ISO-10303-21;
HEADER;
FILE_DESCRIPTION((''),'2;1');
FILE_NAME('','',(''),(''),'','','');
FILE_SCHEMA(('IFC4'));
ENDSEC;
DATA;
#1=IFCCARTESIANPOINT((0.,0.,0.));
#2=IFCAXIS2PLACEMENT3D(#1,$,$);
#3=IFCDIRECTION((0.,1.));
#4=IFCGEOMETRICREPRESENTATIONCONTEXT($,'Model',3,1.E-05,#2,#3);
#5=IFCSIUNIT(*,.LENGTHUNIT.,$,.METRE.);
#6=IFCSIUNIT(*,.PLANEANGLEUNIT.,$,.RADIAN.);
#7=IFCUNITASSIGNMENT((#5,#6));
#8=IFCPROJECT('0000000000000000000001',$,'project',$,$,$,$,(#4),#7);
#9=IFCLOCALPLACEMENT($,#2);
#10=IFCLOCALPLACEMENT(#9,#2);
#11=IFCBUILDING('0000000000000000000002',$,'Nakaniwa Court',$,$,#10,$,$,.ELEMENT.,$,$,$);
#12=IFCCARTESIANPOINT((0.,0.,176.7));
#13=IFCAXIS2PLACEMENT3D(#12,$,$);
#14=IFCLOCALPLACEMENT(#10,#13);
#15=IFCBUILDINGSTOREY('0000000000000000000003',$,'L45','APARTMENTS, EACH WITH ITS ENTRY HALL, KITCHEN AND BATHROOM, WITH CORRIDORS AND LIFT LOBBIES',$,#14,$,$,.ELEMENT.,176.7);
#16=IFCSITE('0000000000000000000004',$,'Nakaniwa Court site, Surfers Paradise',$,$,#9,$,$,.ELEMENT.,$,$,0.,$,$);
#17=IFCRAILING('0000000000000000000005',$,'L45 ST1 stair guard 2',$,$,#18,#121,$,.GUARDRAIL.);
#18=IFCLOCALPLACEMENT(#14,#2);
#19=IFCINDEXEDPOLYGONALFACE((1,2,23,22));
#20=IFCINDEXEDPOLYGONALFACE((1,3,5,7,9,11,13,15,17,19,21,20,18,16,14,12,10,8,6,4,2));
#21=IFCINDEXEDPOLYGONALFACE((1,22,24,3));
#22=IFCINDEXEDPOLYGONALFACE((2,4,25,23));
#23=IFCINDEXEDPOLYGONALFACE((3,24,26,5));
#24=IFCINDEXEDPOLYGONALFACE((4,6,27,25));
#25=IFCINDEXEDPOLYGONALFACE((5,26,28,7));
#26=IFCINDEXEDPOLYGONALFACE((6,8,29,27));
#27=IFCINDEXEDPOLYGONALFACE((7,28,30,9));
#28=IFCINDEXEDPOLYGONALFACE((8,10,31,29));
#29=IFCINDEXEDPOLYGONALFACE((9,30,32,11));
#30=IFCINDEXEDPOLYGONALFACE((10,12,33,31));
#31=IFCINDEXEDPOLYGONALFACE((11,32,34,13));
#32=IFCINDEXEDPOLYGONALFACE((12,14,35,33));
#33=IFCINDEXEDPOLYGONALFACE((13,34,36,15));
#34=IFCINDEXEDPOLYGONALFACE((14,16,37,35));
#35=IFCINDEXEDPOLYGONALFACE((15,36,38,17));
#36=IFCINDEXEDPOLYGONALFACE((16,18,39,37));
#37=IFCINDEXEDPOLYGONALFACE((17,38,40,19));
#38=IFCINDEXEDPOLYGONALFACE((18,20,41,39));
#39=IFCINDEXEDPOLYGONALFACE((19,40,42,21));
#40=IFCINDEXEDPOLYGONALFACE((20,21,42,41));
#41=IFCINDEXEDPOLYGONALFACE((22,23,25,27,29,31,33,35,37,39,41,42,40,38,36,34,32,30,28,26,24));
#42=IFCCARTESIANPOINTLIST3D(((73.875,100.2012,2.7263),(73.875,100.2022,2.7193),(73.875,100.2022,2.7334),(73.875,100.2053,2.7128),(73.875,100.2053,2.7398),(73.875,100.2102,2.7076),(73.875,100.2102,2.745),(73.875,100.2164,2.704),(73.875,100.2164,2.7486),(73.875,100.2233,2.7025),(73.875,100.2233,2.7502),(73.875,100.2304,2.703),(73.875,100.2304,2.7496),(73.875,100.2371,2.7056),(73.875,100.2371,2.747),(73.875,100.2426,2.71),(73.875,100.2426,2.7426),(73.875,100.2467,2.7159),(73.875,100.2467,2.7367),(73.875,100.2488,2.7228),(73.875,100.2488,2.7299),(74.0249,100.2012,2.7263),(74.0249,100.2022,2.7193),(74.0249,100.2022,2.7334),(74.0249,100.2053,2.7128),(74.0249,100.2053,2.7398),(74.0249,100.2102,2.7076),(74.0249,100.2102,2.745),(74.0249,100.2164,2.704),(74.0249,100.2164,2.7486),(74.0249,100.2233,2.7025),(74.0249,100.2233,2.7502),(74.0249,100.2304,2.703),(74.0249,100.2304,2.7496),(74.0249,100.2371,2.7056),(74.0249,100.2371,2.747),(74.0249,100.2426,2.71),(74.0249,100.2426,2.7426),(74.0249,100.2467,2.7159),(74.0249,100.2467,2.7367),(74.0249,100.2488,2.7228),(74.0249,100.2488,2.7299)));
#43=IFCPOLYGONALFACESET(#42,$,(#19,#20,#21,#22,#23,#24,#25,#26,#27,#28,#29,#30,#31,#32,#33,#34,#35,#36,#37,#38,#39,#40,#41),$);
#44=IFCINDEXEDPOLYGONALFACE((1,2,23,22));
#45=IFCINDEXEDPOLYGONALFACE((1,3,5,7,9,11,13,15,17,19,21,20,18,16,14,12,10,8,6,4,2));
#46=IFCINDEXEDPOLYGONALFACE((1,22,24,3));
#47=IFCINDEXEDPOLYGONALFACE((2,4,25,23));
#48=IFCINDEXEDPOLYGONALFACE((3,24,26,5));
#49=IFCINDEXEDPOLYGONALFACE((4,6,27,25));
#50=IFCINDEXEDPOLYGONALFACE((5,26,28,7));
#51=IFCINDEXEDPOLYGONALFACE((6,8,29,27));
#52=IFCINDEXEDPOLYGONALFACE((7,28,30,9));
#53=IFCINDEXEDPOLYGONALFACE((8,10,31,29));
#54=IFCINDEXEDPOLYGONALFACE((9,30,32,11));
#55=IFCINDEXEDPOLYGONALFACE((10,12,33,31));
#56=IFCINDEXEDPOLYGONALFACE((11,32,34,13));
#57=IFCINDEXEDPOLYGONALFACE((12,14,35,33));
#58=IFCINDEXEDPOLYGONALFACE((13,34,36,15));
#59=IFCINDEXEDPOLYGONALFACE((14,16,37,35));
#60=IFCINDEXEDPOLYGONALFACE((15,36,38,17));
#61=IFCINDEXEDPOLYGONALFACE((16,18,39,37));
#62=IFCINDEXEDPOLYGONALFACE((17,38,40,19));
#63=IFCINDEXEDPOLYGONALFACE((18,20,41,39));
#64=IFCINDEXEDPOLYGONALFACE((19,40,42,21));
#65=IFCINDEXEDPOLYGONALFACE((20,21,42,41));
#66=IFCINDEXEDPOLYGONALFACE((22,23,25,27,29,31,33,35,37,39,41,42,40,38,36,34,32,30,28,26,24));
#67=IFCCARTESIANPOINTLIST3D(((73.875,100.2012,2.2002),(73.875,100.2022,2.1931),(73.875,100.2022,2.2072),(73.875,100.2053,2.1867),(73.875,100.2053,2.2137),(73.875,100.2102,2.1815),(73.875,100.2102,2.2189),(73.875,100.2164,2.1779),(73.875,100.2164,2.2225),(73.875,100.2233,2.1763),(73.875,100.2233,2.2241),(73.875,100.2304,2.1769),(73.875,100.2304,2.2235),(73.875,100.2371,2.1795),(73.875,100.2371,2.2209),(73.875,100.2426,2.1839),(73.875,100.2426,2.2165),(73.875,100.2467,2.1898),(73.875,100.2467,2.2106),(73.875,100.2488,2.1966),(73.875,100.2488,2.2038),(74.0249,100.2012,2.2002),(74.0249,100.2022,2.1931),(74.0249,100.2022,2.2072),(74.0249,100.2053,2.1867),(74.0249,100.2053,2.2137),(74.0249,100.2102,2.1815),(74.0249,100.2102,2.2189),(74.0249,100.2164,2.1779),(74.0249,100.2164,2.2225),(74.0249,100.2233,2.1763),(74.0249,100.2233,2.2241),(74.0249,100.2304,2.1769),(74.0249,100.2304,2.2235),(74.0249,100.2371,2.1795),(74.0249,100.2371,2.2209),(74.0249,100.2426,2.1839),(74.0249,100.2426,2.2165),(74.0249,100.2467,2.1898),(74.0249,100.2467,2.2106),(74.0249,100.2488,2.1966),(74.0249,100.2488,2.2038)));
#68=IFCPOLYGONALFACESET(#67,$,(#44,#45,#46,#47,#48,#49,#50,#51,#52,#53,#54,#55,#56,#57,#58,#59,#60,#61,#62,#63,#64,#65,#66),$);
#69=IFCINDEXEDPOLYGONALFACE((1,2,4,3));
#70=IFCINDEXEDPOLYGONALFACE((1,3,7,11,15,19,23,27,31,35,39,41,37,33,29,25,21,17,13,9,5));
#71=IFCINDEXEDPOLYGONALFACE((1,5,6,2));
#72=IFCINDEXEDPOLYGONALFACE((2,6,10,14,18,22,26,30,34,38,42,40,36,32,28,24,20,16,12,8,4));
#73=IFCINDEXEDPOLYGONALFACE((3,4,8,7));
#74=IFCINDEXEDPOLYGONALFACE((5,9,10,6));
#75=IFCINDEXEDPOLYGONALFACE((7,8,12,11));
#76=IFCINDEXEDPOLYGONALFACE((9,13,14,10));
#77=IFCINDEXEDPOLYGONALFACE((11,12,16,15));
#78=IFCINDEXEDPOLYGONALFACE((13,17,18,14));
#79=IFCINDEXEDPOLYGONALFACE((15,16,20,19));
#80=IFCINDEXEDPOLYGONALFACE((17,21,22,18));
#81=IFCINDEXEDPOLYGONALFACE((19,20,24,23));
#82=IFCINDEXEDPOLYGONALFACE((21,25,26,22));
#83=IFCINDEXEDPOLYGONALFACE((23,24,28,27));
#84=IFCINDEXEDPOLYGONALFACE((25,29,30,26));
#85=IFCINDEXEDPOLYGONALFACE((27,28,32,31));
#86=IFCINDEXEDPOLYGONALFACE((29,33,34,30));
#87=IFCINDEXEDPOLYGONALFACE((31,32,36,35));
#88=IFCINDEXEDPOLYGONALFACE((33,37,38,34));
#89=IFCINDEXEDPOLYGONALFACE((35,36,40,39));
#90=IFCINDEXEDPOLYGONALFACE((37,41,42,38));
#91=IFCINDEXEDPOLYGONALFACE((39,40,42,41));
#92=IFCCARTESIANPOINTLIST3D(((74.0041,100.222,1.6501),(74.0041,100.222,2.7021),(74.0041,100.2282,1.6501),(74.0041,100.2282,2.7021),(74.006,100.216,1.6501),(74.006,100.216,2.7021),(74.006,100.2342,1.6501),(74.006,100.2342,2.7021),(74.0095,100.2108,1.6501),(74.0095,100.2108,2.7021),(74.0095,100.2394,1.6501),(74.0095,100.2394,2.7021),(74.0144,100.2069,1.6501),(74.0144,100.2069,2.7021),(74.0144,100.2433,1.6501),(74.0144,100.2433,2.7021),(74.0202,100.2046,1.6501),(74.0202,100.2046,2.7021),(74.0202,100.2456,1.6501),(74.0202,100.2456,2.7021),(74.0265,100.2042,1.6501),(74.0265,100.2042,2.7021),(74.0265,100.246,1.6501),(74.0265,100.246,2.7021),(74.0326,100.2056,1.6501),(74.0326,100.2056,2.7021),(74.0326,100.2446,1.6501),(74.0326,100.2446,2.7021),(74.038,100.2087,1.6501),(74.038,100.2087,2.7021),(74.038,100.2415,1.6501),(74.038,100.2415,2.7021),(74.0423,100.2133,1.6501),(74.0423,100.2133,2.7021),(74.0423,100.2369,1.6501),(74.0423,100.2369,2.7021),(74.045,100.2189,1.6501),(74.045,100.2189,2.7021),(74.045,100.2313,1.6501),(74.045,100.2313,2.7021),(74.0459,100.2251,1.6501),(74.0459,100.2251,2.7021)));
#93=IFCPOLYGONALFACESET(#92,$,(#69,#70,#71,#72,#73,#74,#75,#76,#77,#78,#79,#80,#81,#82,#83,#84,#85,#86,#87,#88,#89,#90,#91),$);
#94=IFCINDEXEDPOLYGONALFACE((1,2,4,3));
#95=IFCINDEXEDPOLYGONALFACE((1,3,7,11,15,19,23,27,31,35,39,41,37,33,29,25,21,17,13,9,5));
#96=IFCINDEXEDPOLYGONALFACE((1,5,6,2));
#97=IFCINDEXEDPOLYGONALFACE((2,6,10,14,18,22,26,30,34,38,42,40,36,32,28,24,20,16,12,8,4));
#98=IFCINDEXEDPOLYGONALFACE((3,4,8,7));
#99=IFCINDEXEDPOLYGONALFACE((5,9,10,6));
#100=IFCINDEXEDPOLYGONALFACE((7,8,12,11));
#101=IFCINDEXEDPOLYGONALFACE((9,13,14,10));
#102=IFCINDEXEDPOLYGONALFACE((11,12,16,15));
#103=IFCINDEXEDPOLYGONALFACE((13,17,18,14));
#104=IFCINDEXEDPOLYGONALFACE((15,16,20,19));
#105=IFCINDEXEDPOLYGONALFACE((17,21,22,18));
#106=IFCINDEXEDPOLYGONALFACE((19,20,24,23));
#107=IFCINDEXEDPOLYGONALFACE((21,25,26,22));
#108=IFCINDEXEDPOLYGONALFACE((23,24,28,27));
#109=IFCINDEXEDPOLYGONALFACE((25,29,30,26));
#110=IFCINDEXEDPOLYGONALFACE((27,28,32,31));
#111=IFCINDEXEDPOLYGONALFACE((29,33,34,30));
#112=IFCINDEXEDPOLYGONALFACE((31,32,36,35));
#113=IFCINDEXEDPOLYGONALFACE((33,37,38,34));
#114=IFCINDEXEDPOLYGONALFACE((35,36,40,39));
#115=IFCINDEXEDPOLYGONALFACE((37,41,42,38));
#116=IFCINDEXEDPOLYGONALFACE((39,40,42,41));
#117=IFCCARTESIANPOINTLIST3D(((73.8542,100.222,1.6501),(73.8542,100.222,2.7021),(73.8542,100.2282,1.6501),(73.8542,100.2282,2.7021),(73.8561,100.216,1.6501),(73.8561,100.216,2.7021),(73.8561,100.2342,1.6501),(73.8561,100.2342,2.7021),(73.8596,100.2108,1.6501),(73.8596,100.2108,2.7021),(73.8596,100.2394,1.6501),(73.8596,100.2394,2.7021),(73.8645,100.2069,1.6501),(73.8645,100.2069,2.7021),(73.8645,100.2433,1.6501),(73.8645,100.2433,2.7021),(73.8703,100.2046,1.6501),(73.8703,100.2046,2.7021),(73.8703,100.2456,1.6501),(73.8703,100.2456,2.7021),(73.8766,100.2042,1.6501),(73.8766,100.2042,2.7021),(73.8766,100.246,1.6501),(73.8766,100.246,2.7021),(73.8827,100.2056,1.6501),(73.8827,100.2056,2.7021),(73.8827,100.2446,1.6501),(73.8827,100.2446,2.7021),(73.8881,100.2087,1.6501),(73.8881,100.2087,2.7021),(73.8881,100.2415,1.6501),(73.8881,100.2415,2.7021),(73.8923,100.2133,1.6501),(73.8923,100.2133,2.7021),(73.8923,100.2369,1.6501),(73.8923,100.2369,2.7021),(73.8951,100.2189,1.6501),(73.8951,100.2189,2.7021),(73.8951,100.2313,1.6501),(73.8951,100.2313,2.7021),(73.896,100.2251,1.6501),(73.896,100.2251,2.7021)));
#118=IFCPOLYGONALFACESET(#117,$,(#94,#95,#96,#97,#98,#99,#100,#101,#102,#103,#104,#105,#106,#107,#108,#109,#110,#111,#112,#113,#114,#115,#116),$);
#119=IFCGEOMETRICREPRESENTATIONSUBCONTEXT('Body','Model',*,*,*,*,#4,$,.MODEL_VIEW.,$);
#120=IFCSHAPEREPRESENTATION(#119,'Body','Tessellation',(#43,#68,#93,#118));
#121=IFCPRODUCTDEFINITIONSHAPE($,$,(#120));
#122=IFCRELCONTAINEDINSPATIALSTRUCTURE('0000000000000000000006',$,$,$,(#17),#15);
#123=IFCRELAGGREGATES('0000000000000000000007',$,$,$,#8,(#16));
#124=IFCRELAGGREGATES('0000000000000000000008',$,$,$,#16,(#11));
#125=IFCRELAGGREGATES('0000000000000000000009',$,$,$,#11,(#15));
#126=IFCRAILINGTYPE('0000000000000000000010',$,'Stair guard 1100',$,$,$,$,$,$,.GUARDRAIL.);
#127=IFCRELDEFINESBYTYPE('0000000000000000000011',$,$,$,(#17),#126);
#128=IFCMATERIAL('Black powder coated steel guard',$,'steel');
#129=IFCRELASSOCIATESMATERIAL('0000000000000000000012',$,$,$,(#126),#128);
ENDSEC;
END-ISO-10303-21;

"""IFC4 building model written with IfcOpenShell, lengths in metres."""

from ifc_helpers import new_model, si_unit, direction, frame, origin, origin_2d, place, context, subcontext, project, spatial, circle, extrude, material, type_object, element, save


model = new_model("IFC4")

# Units and contexts
model_context = context("Model", 3, precision=1e-05, world=origin(), true_north=direction((0.0, 1.0)))
body_context = subcontext(model_context, "Body", "Model", "MODEL_VIEW")
ifc_project = project(units=[si_unit("LENGTHUNIT", "METRE"), si_unit("PLANEANGLEUNIT", "RADIAN")], contexts=[model_context])

# Site, building, storey
site_placement = place(None, origin())
site = spatial("IfcSite", under=ifc_project, at=site_placement, Name="Nakaniwa Court site, Surfers Paradise", CompositionType="ELEMENT", RefElevation=0.0)
building_placement = place(site_placement, origin())
building = spatial("IfcBuilding", under=site, at=building_placement, Name="Nakaniwa Court", CompositionType="ELEMENT")
storey_placement = place(building_placement, frame((0.0, 0.0, 176.7)))
storey = spatial("IfcBuildingStorey", under=building, at=storey_placement, Name="L45", Description="APARTMENTS, EACH WITH ITS ENTRY HALL, KITCHEN AND BATHROOM, WITH CORRIDORS AND LIFT LOBBIES", CompositionType="ELEMENT", Elevation=176.7)

# Railing
ifc_material_1 = material(Name="Black powder coated steel guard", Category="steel")
railing_type_1 = type_object("IfcRailingType", Name="Stair guard 1100", PredefinedType="GUARDRAIL", material=ifc_material_1)
railing_1_placement = place(storey_placement, frame((74.0249, 100.2251, 1.6501)))
element("IfcRailing", 1, at=railing_1_placement, inside=storey, type_object=railing_type_1, Name="L45 ST1 stair guard 2", PredefinedType="GUARDRAIL", context=body_context, shape_type="SweptSolid", body=[
    extrude(circle(Radius=0.0239, at=origin_2d()), frame((0.0, 0.0, 1.0762), z_axis=(-1.0, 0.0, 0.0), x_axis=(0.0, -1.0, 0.0)), (0.0, 0.0, 1.0), 0.1499),
    extrude(circle(Radius=0.0239, at=origin_2d()), frame((0.0, 0.0, 0.55), z_axis=(-1.0, 0.0, 0.0), x_axis=(0.0, -1.0, 0.0)), (0.0, 0.0, 1.0), 0.1499),
    extrude(circle(Radius=0.021, at=origin_2d()), origin(), (0.0, 0.0, 1.0), 1.052),
    extrude(circle(Radius=0.021, at=origin_2d()), frame((-0.1499, 0.0, 0.0)), (0.0, 0.0, 1.0), 1.052),
])

save(model, "model.ifc")
